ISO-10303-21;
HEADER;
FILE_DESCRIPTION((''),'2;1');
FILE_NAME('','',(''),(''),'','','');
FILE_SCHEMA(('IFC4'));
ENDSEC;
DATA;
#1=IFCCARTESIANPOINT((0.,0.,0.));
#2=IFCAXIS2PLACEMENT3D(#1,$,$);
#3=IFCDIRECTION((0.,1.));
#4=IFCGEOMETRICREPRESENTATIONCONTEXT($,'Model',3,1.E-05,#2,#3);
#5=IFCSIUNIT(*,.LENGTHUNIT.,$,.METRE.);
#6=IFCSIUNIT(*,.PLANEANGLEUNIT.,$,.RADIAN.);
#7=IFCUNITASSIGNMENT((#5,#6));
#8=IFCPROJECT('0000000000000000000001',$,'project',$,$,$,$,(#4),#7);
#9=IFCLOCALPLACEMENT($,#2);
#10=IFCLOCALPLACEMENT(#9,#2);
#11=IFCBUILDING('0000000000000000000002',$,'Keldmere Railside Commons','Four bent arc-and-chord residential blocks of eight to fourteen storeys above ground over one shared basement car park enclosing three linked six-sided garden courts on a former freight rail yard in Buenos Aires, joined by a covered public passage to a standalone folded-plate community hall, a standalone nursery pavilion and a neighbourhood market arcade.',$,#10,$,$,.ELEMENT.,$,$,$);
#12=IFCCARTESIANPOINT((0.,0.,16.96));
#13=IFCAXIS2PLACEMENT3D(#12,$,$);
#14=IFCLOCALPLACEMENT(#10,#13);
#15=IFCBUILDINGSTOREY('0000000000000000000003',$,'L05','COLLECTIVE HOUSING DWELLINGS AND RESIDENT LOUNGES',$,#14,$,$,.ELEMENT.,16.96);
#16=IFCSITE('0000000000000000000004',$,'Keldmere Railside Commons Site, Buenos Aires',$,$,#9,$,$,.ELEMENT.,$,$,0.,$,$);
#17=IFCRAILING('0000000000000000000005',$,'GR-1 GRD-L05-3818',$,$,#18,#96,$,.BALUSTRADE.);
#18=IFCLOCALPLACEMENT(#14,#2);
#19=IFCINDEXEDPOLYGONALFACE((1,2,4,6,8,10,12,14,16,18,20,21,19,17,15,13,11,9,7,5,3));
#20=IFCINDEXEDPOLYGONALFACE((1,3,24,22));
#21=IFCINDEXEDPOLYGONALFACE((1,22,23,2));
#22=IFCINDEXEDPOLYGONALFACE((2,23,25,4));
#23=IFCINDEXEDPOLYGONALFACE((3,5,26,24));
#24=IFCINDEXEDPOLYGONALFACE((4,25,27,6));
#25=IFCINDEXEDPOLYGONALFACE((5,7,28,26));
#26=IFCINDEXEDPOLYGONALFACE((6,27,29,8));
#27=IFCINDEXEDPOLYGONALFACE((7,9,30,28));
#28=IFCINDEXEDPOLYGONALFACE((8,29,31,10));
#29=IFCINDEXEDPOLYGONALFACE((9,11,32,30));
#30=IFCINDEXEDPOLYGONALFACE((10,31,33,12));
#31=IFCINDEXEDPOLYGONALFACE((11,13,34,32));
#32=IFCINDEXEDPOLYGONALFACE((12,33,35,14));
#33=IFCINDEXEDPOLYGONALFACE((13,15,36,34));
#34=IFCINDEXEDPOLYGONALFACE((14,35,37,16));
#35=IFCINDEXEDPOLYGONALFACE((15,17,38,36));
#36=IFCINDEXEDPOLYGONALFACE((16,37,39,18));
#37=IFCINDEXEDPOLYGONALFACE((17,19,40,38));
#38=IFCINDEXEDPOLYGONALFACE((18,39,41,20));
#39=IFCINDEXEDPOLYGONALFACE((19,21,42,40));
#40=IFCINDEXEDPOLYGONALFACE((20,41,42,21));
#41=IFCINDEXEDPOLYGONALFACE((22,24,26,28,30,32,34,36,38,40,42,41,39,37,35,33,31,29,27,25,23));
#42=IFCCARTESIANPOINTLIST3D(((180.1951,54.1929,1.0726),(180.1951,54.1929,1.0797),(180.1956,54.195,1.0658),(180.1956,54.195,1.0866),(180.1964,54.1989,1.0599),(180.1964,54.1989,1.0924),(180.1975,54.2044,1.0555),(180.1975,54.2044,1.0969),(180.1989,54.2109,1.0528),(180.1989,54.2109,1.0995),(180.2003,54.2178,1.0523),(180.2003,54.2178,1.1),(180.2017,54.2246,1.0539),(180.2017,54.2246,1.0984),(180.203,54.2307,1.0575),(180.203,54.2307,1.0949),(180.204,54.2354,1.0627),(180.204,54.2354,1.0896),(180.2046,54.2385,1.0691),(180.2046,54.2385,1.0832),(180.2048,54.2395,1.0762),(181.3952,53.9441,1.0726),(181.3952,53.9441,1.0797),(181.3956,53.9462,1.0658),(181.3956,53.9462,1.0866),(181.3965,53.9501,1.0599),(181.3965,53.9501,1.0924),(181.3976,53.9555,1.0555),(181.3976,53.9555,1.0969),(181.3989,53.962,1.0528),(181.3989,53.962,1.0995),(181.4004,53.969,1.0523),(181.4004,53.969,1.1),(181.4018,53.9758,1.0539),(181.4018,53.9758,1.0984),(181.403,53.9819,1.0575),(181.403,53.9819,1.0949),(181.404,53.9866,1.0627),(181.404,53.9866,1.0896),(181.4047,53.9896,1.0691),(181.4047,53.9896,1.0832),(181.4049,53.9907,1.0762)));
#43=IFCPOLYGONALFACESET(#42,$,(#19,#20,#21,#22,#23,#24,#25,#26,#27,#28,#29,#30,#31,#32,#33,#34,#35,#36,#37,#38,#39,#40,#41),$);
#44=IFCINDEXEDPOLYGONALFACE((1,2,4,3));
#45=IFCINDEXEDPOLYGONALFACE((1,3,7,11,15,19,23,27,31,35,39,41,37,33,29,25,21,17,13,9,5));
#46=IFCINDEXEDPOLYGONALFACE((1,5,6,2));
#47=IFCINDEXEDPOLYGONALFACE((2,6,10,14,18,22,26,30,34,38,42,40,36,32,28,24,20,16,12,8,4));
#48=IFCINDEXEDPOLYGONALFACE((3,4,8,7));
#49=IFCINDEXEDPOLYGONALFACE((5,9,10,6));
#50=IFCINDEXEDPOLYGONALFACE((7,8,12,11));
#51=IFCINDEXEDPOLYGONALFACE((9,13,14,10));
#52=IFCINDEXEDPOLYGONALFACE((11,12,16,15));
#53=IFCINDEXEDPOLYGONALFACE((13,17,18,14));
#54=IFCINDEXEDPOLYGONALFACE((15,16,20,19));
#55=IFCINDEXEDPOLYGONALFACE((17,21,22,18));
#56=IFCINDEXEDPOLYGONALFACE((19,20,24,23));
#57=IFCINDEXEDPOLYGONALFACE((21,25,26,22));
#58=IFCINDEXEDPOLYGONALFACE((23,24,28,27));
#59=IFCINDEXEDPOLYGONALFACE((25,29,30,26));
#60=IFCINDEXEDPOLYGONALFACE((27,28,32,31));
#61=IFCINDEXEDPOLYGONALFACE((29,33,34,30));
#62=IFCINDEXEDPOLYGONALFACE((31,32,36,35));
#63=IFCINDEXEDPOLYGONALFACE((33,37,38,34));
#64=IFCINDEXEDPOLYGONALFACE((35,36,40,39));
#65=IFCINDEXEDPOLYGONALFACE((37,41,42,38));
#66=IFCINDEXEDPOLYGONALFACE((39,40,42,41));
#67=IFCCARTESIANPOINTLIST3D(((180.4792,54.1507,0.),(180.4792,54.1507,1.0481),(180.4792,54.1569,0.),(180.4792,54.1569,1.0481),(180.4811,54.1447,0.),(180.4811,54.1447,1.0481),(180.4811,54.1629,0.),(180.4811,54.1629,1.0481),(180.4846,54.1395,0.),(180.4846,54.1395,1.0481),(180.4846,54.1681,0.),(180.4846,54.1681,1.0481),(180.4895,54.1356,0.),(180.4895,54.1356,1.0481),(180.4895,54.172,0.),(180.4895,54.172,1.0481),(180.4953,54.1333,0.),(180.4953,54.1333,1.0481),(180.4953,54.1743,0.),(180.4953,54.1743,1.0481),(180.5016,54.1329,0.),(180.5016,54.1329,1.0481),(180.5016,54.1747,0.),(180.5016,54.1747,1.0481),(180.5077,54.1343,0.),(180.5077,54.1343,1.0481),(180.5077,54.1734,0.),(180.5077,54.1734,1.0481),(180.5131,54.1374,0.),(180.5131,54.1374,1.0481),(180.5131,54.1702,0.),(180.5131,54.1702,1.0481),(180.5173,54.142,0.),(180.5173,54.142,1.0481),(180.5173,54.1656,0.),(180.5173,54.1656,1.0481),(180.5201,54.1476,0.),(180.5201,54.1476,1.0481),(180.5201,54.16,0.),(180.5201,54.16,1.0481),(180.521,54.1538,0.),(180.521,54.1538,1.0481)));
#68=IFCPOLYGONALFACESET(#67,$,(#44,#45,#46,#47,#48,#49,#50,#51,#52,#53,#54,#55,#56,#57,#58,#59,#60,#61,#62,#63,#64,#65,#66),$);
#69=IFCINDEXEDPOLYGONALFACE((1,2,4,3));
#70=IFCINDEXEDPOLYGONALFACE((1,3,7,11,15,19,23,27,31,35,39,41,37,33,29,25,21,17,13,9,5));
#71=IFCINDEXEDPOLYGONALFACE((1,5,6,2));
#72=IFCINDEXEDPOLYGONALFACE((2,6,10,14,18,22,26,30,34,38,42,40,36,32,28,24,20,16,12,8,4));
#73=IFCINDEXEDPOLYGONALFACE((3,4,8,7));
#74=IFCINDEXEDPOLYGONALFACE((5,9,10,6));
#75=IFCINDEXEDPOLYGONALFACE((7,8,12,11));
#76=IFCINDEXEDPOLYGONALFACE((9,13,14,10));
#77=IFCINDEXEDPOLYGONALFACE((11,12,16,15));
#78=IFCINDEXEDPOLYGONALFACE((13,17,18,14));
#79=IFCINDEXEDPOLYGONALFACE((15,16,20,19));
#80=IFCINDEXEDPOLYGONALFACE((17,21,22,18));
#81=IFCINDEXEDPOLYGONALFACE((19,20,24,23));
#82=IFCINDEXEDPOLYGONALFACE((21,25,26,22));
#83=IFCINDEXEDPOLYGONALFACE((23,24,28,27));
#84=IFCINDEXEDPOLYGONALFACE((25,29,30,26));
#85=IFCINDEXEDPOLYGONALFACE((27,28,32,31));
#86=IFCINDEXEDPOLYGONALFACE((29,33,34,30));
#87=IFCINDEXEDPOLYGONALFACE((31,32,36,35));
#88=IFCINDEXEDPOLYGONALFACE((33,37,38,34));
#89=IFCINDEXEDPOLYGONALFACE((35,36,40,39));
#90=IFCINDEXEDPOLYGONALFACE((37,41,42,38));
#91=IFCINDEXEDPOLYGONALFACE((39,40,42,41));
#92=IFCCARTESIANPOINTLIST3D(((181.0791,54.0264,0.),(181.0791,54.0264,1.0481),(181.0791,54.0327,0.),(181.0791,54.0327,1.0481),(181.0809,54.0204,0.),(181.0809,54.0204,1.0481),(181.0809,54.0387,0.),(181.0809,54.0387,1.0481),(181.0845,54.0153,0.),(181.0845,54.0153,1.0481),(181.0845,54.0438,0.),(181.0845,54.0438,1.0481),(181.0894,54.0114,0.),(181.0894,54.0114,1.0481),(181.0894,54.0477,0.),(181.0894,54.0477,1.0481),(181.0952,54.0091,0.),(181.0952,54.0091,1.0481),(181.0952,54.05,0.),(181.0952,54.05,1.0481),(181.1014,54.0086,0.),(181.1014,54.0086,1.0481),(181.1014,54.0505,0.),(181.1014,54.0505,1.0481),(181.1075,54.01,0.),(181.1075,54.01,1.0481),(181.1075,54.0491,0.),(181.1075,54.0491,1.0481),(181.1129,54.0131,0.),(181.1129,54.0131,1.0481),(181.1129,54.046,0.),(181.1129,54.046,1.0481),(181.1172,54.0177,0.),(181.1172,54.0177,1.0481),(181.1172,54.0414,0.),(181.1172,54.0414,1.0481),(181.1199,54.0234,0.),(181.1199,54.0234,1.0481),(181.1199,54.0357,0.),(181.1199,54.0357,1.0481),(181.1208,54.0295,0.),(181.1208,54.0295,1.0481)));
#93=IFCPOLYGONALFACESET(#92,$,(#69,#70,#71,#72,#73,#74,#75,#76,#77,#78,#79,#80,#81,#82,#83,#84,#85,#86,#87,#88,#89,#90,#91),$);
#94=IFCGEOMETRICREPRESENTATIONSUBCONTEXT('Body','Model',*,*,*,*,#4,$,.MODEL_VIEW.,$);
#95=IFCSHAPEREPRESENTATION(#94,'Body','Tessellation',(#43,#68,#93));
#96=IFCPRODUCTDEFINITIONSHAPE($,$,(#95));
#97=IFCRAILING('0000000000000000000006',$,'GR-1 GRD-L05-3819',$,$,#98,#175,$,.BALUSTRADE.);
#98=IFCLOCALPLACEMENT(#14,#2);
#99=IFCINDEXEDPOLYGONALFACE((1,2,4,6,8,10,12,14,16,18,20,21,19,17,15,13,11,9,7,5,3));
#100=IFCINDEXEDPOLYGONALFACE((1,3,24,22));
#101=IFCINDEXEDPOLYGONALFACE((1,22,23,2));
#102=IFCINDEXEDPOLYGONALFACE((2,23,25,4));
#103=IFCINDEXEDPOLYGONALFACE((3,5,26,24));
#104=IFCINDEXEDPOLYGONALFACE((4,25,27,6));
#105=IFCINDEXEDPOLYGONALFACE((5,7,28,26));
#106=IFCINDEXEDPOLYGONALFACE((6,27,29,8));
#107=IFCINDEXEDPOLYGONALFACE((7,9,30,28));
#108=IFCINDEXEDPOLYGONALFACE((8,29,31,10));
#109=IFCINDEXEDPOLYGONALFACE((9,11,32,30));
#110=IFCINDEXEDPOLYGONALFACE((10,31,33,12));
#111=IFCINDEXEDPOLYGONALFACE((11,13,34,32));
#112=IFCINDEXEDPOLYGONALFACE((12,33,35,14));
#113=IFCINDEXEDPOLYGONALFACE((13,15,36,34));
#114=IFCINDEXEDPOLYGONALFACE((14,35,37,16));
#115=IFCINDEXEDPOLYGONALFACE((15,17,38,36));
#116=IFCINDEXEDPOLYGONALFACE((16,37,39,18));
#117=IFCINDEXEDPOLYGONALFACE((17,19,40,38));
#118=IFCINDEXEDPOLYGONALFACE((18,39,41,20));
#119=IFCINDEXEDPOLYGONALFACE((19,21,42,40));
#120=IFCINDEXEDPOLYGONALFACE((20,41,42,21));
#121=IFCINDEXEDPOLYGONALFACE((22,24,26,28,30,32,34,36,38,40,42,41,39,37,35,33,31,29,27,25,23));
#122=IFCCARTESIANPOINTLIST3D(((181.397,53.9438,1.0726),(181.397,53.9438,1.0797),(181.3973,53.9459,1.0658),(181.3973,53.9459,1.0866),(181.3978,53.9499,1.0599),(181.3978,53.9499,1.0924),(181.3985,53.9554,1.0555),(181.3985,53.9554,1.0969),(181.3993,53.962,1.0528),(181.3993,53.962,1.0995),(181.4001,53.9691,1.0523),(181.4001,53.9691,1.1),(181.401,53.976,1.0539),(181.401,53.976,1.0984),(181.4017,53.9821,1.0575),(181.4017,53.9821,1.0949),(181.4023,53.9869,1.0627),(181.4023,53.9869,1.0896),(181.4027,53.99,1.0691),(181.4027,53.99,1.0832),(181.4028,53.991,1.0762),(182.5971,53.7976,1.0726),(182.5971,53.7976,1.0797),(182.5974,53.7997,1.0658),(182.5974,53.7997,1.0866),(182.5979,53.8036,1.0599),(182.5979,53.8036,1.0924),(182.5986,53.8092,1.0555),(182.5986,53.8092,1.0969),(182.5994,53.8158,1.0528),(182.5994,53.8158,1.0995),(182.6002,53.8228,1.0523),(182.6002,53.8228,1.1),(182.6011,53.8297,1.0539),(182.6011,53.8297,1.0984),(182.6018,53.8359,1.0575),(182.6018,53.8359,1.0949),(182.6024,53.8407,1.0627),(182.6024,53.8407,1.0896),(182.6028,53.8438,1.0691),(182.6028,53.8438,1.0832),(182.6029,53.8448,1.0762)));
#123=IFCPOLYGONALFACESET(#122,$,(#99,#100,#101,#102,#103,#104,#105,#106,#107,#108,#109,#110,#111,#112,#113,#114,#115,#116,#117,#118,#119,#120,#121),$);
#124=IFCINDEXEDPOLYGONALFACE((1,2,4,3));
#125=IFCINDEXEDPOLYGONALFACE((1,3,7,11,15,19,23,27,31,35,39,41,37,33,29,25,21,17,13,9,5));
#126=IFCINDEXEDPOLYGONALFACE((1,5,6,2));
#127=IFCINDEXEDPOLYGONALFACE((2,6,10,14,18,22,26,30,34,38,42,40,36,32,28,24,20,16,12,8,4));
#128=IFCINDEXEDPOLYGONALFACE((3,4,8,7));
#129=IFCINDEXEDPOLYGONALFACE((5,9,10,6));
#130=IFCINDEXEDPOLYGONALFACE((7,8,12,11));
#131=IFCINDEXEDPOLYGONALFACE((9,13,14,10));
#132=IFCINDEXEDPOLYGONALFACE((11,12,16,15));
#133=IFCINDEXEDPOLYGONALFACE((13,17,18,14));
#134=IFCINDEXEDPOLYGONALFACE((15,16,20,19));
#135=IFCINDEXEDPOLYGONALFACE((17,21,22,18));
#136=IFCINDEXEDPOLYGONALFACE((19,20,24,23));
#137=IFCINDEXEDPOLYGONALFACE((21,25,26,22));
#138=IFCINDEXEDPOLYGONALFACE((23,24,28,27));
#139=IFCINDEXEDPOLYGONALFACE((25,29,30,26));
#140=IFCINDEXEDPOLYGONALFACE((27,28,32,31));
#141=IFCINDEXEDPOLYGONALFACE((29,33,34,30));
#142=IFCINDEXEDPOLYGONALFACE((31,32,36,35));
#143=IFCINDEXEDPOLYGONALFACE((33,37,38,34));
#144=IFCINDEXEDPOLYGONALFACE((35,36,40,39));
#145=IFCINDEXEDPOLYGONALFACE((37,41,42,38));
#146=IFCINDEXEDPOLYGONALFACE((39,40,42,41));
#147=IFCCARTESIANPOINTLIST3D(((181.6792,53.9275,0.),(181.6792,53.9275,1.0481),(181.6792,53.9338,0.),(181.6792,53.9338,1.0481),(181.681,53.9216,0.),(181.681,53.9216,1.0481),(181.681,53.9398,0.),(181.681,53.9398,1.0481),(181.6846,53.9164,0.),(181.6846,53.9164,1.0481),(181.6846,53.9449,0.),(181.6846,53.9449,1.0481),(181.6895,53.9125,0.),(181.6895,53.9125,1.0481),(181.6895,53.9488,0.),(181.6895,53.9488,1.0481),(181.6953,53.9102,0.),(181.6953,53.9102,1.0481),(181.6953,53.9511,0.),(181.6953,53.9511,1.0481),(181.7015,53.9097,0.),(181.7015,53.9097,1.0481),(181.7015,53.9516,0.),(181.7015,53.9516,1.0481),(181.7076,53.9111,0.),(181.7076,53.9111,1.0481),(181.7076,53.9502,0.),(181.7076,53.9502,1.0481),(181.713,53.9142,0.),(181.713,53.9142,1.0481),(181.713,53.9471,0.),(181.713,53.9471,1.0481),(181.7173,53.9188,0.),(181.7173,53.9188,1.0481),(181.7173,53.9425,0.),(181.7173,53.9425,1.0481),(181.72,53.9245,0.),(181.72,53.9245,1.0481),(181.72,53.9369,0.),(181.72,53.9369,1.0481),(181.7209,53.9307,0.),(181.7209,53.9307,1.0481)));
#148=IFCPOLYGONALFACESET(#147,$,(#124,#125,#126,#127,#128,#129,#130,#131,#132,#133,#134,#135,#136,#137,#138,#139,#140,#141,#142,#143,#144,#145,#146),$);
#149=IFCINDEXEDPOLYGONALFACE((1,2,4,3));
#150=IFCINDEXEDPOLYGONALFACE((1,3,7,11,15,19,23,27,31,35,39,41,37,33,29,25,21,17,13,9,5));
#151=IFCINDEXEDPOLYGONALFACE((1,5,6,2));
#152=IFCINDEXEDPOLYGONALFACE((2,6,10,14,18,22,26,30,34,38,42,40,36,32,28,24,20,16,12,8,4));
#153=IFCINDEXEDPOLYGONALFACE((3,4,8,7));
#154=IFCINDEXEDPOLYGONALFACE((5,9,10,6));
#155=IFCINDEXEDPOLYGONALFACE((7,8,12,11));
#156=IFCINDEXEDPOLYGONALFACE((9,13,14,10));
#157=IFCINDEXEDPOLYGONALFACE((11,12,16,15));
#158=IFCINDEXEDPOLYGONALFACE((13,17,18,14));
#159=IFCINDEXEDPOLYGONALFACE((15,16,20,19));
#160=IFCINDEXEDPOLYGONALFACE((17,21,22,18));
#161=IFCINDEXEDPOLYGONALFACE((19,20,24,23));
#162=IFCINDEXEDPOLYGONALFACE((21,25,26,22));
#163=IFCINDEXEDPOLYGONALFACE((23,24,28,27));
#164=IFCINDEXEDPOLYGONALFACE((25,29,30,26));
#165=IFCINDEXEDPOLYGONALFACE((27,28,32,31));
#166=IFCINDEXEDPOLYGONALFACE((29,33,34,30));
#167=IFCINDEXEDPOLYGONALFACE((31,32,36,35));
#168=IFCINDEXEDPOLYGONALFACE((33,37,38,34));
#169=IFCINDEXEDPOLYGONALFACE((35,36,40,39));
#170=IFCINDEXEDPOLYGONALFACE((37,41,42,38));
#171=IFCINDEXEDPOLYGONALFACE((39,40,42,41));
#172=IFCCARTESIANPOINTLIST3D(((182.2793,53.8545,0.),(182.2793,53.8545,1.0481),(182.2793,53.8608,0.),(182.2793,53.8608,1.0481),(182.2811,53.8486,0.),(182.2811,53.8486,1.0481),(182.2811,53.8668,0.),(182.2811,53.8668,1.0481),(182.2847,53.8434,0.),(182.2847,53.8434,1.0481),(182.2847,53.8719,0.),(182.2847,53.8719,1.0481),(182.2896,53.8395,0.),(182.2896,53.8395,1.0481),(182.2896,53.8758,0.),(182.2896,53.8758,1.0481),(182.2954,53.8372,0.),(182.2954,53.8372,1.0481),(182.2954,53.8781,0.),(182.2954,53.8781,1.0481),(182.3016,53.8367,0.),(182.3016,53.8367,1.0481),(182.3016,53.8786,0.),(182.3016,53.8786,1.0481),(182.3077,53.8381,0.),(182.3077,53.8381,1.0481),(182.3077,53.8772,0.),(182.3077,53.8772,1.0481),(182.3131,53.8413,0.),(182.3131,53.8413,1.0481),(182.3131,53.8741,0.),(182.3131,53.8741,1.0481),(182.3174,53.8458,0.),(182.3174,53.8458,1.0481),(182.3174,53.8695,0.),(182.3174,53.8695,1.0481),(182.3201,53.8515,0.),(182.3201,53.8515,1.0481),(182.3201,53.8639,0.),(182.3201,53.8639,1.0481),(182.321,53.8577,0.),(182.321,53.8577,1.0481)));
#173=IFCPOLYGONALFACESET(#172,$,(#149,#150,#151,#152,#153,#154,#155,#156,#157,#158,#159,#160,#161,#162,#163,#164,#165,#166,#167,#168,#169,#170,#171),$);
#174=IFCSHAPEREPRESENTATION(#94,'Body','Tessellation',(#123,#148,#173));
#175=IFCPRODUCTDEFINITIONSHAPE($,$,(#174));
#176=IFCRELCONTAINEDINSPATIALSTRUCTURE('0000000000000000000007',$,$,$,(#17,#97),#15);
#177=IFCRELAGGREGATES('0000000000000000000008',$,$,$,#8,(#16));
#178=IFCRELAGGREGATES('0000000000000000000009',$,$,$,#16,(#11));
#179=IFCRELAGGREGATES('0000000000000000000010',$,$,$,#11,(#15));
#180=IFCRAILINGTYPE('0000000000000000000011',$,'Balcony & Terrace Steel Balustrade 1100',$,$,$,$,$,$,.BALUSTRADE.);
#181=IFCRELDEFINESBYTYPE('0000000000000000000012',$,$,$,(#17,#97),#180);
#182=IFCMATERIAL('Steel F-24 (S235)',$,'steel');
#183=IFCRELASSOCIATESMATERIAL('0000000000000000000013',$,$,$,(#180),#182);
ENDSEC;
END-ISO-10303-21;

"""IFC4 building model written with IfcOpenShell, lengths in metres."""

from ifc_helpers import new_model, si_unit, direction, frame, origin, origin_2d, place, context, subcontext, project, spatial, circle, extrude, material, type_object, element, save


model = new_model("IFC4")

# Units and contexts
model_context = context("Model", 3, precision=1e-05, world=origin(), true_north=direction((0.0, 1.0)))
body_context = subcontext(model_context, "Body", "Model", "MODEL_VIEW")
ifc_project = project(units=[si_unit("LENGTHUNIT", "METRE"), si_unit("PLANEANGLEUNIT", "RADIAN")], contexts=[model_context])

# Site, building, storey
site_placement = place(None, origin())
site = spatial("IfcSite", under=ifc_project, at=site_placement, Name="Keldmere Railside Commons Site, Buenos Aires", CompositionType="ELEMENT", RefElevation=0.0)
building_placement = place(site_placement, origin())
building = spatial("IfcBuilding", under=site, at=building_placement, Name="Keldmere Railside Commons", Description="Four bent arc-and-chord residential blocks of eight to fourteen storeys above ground over one shared basement car park enclosing three linked six-sided garden courts on a former freight rail yard in Buenos Aires, joined by a covered public passage to a standalone folded-plate community hall, a standalone nursery pavilion and a neighbourhood market arcade.", CompositionType="ELEMENT")
storey_placement = place(building_placement, frame((0.0, 0.0, 16.96)))
storey = spatial("IfcBuildingStorey", under=building, at=storey_placement, Name="L05", Description="COLLECTIVE HOUSING DWELLINGS AND RESIDENT LOUNGES", CompositionType="ELEMENT", Elevation=16.96)

# Shared definitions
ifc_material_1 = material(Name="Steel F-24 (S235)", Category="steel")

# Railings
railing_type = type_object("IfcRailingType", Name="Balcony & Terrace Steel Balustrade 1100", PredefinedType="BALUSTRADE", material=ifc_material_1)
railing_1_placement = place(storey_placement, frame((180.2, 54.2161, 0.0)))
element("IfcRailing", 1, at=railing_1_placement, inside=storey, type_object=railing_type, Name="GR-1 GRD-L05-3818", PredefinedType="BALUSTRADE", context=body_context, shape_type="SweptSolid", body=[
    extrude(circle(Radius=0.0239, at=origin_2d()), frame((0.0, 0.0, 1.0762), z_axis=(0.979177, -0.203007, 0.0), x_axis=(0.203007, 0.979177, 0.0)), (0.0, 0.0, 1.0), 1.2256),
    extrude(circle(Radius=0.021, at=origin_2d()), frame((0.3, -0.0623, 0.0)), (0.0, 0.0, 1.0), 1.0481),
    extrude(circle(Radius=0.021, at=origin_2d()), frame((0.8999, -0.1865, 0.0)), (0.0, 0.0, 1.0), 1.0481),
])
railing_2_placement = place(storey_placement, frame((181.3999, 53.9673, 0.0)))
element("IfcRailing", 2, at=railing_2_placement, inside=storey, type_object=railing_type, Name="GR-1 GRD-L05-3819", PredefinedType="BALUSTRADE", context=body_context, shape_type="SweptSolid", body=[
    extrude(circle(Radius=0.0239, at=origin_2d()), frame((0.0, 0.0, 1.0762), z_axis=(0.992658, -0.120952, 0.0), x_axis=(0.120952, 0.992658, 0.0)), (0.0, 0.0, 1.0), 1.209),
    extrude(circle(Radius=0.021, at=origin_2d()), frame((0.3, -0.0366, 0.0)), (0.0, 0.0, 1.0), 1.0481),
    extrude(circle(Radius=0.021, at=origin_2d()), frame((0.9001, -0.1096, 0.0)), (0.0, 0.0, 1.0), 1.0481),
])

save(model, "model.ifc")
